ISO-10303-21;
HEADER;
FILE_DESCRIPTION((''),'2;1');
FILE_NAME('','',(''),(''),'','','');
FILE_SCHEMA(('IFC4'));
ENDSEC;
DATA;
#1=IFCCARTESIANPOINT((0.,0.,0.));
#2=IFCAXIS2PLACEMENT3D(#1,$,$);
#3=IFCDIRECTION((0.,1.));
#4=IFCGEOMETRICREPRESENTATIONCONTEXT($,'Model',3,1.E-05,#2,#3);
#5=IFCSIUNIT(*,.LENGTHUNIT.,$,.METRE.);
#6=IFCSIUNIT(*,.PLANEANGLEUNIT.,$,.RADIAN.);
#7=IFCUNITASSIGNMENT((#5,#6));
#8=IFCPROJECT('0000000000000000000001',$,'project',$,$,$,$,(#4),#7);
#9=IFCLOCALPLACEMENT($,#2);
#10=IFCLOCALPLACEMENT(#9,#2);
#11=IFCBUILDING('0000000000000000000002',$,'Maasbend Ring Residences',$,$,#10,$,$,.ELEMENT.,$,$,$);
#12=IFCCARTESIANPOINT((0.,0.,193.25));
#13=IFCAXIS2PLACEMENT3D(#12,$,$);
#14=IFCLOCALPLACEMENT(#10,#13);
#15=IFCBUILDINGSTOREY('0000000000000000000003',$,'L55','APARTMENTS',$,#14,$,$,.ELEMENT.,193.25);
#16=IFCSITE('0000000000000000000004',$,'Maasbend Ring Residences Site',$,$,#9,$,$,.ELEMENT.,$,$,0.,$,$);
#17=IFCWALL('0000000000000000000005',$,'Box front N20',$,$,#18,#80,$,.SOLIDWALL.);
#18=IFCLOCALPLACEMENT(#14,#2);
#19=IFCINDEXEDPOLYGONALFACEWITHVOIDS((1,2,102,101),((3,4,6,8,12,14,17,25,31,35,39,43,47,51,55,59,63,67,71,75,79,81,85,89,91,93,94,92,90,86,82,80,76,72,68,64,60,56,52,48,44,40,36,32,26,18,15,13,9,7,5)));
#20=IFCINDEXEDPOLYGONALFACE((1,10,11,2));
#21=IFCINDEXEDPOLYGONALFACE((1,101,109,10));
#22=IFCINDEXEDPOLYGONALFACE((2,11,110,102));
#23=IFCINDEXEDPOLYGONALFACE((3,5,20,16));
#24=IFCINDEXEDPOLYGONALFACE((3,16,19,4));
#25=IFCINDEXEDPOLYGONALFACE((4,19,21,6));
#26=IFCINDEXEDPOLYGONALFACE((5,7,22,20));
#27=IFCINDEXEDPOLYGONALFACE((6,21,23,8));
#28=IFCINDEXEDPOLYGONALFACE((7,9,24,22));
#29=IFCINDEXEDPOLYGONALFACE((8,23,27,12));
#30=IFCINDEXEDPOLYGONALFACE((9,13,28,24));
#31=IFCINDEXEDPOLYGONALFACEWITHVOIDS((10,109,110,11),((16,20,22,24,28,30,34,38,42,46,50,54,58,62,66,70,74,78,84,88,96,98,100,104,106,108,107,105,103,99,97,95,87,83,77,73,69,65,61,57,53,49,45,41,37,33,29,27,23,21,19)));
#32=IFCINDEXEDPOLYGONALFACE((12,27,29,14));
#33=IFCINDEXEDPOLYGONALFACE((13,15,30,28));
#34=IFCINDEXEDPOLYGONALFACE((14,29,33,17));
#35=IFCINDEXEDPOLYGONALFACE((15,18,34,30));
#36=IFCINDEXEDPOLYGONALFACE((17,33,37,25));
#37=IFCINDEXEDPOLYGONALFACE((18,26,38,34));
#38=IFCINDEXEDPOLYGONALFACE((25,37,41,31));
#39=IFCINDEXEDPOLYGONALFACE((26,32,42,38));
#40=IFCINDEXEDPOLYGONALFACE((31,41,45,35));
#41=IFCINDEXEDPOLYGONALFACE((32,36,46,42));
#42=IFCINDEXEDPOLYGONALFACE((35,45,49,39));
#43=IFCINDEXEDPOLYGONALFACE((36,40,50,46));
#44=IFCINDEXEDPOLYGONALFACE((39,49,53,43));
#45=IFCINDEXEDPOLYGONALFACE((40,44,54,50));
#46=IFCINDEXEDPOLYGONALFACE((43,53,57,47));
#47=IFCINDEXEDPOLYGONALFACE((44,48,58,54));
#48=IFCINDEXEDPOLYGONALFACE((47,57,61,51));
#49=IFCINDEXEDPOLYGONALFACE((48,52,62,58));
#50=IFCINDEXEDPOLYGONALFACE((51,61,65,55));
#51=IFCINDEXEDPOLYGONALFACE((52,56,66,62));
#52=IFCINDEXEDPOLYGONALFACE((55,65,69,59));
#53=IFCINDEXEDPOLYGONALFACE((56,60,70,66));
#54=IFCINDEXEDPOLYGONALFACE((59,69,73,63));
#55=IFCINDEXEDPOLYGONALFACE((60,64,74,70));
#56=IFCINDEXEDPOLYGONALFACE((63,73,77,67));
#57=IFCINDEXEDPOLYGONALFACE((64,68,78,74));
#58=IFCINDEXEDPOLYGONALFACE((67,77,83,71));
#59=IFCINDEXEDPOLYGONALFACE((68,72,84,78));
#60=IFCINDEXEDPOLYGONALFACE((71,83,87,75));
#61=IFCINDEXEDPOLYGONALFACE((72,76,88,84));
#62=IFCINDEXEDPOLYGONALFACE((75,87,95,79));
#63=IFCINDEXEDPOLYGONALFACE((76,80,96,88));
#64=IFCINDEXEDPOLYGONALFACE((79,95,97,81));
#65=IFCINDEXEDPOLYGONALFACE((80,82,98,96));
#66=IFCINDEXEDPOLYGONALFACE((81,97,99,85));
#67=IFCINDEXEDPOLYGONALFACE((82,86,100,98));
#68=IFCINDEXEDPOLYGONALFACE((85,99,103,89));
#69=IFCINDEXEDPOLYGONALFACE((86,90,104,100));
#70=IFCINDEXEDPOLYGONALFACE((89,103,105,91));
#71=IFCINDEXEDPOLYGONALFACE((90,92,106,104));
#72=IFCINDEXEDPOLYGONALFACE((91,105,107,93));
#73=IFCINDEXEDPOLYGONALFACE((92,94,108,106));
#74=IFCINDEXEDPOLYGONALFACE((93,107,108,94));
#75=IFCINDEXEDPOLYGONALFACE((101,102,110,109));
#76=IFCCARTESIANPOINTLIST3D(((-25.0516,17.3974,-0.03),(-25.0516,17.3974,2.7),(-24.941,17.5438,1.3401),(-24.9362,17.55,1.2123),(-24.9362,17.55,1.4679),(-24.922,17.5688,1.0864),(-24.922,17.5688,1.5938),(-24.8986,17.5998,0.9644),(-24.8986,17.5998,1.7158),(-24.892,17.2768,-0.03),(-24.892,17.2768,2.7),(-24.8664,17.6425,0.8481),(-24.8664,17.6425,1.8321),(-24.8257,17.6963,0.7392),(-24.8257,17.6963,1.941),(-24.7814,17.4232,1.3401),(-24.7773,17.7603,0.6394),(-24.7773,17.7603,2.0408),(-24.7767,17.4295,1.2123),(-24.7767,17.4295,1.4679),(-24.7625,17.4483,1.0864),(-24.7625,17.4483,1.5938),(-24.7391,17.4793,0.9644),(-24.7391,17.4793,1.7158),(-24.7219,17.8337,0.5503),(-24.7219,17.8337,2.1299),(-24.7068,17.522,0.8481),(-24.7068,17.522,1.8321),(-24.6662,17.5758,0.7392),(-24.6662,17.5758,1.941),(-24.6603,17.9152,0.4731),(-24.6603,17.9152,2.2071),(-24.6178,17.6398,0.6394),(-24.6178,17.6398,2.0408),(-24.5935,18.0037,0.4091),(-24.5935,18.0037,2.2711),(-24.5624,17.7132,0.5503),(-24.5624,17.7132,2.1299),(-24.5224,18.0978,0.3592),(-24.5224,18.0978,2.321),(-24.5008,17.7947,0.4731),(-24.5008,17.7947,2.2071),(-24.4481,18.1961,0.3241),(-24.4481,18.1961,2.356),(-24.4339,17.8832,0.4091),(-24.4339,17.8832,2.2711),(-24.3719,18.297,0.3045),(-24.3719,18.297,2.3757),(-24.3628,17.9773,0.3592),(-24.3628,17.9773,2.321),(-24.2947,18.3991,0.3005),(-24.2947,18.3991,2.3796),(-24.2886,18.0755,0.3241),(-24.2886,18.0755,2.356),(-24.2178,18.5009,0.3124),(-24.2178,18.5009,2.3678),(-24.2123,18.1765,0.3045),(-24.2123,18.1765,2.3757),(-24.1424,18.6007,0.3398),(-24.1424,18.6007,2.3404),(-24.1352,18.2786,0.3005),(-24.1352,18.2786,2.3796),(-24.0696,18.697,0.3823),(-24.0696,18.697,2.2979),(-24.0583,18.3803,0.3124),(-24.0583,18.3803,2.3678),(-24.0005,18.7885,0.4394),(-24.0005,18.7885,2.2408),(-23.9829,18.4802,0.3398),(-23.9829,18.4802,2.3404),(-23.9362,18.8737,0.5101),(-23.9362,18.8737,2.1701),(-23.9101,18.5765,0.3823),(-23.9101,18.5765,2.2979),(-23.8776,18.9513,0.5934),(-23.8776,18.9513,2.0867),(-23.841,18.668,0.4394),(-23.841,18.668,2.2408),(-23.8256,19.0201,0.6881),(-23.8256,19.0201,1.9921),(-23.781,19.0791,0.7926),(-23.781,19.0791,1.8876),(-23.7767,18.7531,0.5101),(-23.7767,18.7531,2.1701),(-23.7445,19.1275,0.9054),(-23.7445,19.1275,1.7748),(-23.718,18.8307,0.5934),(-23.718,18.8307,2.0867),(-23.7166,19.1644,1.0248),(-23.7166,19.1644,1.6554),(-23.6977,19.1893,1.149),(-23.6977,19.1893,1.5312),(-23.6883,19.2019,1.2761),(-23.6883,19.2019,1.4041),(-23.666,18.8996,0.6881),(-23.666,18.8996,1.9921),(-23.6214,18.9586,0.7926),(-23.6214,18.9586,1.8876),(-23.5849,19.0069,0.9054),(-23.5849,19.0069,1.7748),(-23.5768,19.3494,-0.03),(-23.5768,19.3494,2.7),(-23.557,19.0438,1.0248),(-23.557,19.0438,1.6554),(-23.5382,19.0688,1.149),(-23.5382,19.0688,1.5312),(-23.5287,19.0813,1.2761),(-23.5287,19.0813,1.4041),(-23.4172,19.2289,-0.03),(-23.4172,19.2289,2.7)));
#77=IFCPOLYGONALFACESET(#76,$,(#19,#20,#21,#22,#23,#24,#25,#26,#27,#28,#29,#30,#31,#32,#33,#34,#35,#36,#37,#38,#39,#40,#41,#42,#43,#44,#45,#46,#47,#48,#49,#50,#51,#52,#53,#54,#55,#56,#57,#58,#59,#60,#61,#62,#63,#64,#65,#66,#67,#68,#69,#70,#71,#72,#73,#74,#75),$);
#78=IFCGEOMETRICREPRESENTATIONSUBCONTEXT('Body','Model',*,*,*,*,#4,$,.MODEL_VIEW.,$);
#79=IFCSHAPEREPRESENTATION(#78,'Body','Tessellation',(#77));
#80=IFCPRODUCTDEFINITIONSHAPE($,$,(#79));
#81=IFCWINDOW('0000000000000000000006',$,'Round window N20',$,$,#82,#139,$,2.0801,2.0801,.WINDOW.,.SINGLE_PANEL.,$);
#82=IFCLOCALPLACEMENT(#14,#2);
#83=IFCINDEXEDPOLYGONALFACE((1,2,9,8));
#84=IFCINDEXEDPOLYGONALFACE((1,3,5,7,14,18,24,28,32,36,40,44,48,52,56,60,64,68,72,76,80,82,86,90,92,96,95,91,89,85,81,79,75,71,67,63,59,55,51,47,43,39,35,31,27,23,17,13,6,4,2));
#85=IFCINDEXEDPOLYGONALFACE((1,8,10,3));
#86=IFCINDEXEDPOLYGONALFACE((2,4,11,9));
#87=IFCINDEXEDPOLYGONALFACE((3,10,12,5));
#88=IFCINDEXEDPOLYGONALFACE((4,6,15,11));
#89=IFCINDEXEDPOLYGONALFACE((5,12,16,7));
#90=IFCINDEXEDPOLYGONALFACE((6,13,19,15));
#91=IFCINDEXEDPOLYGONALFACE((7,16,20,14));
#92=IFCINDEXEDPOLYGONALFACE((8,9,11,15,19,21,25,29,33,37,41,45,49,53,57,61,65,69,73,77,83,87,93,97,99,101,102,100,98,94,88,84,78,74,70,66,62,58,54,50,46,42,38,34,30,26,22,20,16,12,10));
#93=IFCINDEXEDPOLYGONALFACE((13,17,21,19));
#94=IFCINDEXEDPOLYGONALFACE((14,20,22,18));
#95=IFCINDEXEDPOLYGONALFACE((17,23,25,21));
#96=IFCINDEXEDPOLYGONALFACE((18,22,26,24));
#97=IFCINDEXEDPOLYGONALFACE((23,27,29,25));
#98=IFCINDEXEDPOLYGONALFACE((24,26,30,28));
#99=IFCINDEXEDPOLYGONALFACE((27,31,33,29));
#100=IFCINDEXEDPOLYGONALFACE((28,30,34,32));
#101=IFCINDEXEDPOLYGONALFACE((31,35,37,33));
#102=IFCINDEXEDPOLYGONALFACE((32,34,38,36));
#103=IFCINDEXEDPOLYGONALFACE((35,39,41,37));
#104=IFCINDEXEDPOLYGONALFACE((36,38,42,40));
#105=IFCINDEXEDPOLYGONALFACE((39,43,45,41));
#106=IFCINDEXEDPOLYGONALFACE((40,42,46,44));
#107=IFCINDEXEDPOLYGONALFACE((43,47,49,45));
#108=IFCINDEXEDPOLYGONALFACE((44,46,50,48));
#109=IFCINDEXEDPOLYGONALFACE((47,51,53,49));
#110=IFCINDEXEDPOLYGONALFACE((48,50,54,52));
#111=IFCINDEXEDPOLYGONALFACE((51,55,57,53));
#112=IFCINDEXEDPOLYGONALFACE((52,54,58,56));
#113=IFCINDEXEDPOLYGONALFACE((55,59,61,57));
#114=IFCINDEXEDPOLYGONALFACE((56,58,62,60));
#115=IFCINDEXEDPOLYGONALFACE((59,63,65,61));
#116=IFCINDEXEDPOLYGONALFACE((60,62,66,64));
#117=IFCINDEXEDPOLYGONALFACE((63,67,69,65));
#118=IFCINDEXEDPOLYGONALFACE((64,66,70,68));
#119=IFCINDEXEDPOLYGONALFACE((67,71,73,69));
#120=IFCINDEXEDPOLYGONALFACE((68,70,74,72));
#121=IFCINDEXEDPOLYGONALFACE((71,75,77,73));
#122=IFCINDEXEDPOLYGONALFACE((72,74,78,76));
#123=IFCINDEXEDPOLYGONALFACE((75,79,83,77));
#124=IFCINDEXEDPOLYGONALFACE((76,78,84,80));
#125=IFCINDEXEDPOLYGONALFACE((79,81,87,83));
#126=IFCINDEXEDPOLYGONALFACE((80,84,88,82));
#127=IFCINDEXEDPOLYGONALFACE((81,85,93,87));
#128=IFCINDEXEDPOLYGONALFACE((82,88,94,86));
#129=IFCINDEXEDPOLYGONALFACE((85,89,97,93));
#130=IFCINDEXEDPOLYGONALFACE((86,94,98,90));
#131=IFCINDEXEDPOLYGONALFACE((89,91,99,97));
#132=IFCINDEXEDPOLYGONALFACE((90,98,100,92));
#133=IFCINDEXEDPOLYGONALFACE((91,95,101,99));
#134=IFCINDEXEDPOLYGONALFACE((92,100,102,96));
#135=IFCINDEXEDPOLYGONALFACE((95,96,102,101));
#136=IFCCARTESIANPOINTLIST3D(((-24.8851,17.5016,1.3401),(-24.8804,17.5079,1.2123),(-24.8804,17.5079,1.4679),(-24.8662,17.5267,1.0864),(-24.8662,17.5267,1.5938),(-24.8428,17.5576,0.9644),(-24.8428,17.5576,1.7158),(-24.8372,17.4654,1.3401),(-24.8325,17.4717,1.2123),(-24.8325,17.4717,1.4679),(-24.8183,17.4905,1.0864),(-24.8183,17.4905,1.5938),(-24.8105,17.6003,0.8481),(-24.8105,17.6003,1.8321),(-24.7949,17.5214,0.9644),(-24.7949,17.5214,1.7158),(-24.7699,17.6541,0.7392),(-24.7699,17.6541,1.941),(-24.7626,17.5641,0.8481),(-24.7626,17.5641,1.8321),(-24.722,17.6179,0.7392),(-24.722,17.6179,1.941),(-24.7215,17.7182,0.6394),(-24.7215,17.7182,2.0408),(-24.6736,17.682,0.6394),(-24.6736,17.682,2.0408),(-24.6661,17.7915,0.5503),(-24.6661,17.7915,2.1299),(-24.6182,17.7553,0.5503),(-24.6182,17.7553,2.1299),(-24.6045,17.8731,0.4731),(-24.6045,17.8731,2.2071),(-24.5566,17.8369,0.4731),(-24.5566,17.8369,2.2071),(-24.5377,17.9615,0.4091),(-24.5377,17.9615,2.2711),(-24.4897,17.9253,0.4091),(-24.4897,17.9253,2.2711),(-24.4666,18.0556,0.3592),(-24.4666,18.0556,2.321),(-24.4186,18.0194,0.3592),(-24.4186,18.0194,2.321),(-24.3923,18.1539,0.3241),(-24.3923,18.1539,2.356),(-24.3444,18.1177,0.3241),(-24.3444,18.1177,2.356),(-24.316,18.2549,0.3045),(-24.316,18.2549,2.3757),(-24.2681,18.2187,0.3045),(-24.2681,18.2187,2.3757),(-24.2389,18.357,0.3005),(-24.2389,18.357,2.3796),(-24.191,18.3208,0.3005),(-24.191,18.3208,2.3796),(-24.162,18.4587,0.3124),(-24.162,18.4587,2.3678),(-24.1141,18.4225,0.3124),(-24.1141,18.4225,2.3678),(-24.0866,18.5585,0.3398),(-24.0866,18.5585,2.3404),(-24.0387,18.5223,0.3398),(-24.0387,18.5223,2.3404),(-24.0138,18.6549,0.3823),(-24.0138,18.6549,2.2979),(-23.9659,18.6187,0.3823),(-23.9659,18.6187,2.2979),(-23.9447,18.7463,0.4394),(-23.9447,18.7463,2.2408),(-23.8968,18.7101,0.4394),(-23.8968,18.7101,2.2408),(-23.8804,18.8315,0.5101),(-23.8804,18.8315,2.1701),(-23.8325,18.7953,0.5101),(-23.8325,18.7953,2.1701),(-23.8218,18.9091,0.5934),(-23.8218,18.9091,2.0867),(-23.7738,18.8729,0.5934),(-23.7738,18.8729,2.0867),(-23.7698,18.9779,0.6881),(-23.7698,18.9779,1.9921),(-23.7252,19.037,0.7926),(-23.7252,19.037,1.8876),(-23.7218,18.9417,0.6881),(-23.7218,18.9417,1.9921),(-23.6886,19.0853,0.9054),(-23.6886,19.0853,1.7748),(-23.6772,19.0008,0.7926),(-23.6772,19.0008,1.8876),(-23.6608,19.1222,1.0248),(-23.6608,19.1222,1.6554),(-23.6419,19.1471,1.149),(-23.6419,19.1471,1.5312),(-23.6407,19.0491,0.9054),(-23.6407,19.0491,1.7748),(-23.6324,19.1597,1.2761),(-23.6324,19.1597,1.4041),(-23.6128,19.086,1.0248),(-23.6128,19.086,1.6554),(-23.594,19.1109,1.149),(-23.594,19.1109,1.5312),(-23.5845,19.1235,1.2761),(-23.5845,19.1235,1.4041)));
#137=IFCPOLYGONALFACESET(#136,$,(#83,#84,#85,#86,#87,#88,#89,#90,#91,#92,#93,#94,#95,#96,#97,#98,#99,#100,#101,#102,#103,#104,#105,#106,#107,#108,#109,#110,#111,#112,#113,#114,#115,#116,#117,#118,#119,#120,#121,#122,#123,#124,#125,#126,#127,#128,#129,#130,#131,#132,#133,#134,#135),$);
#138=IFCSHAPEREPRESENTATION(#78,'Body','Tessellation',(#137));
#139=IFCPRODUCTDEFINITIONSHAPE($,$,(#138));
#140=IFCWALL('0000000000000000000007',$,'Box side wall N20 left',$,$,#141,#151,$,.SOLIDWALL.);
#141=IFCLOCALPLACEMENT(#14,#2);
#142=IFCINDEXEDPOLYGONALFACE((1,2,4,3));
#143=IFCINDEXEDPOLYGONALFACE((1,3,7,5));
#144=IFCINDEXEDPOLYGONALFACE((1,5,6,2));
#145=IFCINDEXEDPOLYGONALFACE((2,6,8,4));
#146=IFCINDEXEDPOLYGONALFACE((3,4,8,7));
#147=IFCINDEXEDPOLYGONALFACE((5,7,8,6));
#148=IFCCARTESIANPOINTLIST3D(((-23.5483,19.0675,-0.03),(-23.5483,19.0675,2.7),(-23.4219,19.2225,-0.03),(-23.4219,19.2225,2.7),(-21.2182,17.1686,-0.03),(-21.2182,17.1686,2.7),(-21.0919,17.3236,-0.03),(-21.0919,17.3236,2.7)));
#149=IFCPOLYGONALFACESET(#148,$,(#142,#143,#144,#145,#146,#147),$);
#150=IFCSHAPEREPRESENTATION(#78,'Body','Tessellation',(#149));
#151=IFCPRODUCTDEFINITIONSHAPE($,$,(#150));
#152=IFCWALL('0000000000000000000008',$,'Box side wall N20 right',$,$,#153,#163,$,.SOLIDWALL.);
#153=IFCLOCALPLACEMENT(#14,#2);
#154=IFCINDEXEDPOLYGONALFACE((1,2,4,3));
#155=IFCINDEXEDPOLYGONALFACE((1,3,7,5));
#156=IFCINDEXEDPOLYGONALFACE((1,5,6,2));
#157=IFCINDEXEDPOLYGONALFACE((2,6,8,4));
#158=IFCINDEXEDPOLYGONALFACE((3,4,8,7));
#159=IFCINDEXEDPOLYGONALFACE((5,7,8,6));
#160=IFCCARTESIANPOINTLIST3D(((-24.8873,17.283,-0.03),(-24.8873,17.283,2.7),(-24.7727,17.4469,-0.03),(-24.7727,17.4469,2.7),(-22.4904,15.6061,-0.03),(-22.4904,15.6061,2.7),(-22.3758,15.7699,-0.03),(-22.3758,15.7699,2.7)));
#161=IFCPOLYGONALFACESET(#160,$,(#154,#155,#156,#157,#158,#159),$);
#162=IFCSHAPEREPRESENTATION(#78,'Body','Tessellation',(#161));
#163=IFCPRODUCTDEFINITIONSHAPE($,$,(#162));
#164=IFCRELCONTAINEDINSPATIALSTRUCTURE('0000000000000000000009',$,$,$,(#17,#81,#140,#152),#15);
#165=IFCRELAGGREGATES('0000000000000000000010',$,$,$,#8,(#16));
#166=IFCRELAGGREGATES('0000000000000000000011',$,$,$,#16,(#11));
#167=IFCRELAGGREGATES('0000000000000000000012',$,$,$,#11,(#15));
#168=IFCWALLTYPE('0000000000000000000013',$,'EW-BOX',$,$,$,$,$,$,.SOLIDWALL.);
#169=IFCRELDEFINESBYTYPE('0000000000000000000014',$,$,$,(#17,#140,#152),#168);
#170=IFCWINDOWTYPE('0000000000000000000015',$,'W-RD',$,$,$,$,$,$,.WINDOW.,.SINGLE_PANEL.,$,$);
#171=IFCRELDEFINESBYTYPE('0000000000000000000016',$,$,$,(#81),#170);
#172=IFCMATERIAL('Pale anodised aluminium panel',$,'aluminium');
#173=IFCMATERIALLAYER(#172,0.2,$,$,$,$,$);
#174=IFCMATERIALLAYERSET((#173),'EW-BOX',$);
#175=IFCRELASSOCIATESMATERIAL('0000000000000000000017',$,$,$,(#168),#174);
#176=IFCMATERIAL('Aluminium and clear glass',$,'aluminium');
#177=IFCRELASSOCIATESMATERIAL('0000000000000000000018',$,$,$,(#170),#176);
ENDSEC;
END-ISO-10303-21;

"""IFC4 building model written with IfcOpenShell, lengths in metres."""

from ifc_helpers import new_model, si_unit, direction, frame, frame_2d, origin, place, context, subcontext, project, spatial, rectangle, circle, extrude, material, layer, layer_set, type_object, element, fill, save


model = new_model("IFC4")

# Units and contexts
model_context = context("Model", 3, precision=1e-05, world=origin(), true_north=direction((0.0, 1.0)))
body_context = subcontext(model_context, "Body", "Model", "MODEL_VIEW")
ifc_project = project(units=[si_unit("LENGTHUNIT", "METRE"), si_unit("PLANEANGLEUNIT", "RADIAN")], contexts=[model_context])

# Site, building, storey
site_placement = place(None, origin())
site = spatial("IfcSite", under=ifc_project, at=site_placement, Name="Maasbend Ring Residences Site", CompositionType="ELEMENT", RefElevation=0.0)
building_placement = place(site_placement, origin())
building = spatial("IfcBuilding", under=site, at=building_placement, Name="Maasbend Ring Residences", CompositionType="ELEMENT")
storey_placement = place(building_placement, frame((0.0, 0.0, 193.25)))
storey = spatial("IfcBuildingStorey", under=building, at=storey_placement, Name="L55", Description="APARTMENTS", CompositionType="ELEMENT", Elevation=193.25)

# Shared definitions
ifc_material_1 = material(Name="Pale anodised aluminium panel", Category="aluminium")
ifc_layer_1 = layer(ifc_material_1, 0.2)
ifc_layer_set_1 = layer_set([ifc_layer_1], Name="EW-BOX")
wall_type_1 = type_object("IfcWallType", Name="EW-BOX", PredefinedType="SOLIDWALL", material=ifc_layer_set_1)
ifc_material_2 = material(Name="Aluminium and clear glass", Category="aluminium")
window_type_1 = type_object("IfcWindowType", Name="W-RD", PartitioningType="SINGLE_PANEL", PredefinedType="WINDOW", material=ifc_material_2)

# Wall, opening, window
wall_1_placement = place(storey_placement, frame((-23.4971, 19.2891, -0.03), z_axis=(0.0, 0.0, 1.0), x_axis=(-0.602806, -0.797888, 0.0)))
wall_1 = element("IfcWall", 1, at=wall_1_placement, inside=storey, type_object=wall_type_1, Name="Box front N20", PredefinedType="SOLIDWALL", context=body_context, shape_type="SweptSolid", body=[
    extrude(rectangle(XDim=2.4465, YDim=0.2, at=frame_2d((1.2231, 0.0))), origin(), (0.0, 0.0, 1.0), 2.73),
])
opening_1_placement = place(wall_1_placement, frame((0.1829, 0.0, 0.3301)))
opening_1 = element("IfcOpeningElement", 2, at=opening_1_placement, cuts=wall_1, PredefinedType="OPENING", context=body_context, shape_type="SweptSolid", body=[
    extrude(circle(Radius=1.04, at=frame_2d((1.04, 1.04))), frame((0.0, 0.1099, 0.0), z_axis=(0.0, -1.0, 0.0), x_axis=(1.0, 0.0, 0.0)), (0.0, 0.0, 1.0), 0.22),
])
window_1_placement = place(opening_1_placement, origin())
window_1 = element("IfcWindow", 3, at=window_1_placement, inside=storey, type_object=window_type_1, Name="Round window N20", OverallHeight=2.0801, OverallWidth=2.0801, PartitioningType="SINGLE_PANEL", PredefinedType="WINDOW", context=body_context, shape_type="SweptSolid", body=[
    extrude(circle(Radius=1.04, at=frame_2d((1.04, 1.04))), frame((0.0, 0.03, 0.0), z_axis=(0.0, -1.0, 0.0), x_axis=(1.0, 0.0, 0.0)), (0.0, 0.0, 1.0), 0.0601),
])
fill(opening_1, window_1)

# Walls
wall_2_placement = place(storey_placement, frame((-21.155, 17.2461, -0.03), z_axis=(0.0, 0.0, 1.0), x_axis=(-0.775179, 0.631742, 0.0)))
element("IfcWall", 4, at=wall_2_placement, inside=storey, type_object=wall_type_1, Name="Box side wall N20 left", PredefinedType="SOLIDWALL", context=body_context, shape_type="SweptSolid", body=[
    extrude(rectangle(XDim=3.0059, YDim=0.2, at=frame_2d((1.5029, 0.0))), origin(), (0.0, 0.0, 1.0), 2.73),
])
wall_3_placement = place(storey_placement, frame((-22.4331, 15.688, -0.03), z_axis=(0.0, 0.0, 1.0), x_axis=(-0.819373, 0.573261, 0.0)))
element("IfcWall", 5, at=wall_3_placement, inside=storey, type_object=wall_type_1, Name="Box side wall N20 right", PredefinedType="SOLIDWALL", context=body_context, shape_type="SweptSolid", body=[
    extrude(rectangle(XDim=2.9253, YDim=0.2, at=frame_2d((1.4626, 0.0))), origin(), (0.0, 0.0, 1.0), 2.73),
])

save(model, "model.ifc")
